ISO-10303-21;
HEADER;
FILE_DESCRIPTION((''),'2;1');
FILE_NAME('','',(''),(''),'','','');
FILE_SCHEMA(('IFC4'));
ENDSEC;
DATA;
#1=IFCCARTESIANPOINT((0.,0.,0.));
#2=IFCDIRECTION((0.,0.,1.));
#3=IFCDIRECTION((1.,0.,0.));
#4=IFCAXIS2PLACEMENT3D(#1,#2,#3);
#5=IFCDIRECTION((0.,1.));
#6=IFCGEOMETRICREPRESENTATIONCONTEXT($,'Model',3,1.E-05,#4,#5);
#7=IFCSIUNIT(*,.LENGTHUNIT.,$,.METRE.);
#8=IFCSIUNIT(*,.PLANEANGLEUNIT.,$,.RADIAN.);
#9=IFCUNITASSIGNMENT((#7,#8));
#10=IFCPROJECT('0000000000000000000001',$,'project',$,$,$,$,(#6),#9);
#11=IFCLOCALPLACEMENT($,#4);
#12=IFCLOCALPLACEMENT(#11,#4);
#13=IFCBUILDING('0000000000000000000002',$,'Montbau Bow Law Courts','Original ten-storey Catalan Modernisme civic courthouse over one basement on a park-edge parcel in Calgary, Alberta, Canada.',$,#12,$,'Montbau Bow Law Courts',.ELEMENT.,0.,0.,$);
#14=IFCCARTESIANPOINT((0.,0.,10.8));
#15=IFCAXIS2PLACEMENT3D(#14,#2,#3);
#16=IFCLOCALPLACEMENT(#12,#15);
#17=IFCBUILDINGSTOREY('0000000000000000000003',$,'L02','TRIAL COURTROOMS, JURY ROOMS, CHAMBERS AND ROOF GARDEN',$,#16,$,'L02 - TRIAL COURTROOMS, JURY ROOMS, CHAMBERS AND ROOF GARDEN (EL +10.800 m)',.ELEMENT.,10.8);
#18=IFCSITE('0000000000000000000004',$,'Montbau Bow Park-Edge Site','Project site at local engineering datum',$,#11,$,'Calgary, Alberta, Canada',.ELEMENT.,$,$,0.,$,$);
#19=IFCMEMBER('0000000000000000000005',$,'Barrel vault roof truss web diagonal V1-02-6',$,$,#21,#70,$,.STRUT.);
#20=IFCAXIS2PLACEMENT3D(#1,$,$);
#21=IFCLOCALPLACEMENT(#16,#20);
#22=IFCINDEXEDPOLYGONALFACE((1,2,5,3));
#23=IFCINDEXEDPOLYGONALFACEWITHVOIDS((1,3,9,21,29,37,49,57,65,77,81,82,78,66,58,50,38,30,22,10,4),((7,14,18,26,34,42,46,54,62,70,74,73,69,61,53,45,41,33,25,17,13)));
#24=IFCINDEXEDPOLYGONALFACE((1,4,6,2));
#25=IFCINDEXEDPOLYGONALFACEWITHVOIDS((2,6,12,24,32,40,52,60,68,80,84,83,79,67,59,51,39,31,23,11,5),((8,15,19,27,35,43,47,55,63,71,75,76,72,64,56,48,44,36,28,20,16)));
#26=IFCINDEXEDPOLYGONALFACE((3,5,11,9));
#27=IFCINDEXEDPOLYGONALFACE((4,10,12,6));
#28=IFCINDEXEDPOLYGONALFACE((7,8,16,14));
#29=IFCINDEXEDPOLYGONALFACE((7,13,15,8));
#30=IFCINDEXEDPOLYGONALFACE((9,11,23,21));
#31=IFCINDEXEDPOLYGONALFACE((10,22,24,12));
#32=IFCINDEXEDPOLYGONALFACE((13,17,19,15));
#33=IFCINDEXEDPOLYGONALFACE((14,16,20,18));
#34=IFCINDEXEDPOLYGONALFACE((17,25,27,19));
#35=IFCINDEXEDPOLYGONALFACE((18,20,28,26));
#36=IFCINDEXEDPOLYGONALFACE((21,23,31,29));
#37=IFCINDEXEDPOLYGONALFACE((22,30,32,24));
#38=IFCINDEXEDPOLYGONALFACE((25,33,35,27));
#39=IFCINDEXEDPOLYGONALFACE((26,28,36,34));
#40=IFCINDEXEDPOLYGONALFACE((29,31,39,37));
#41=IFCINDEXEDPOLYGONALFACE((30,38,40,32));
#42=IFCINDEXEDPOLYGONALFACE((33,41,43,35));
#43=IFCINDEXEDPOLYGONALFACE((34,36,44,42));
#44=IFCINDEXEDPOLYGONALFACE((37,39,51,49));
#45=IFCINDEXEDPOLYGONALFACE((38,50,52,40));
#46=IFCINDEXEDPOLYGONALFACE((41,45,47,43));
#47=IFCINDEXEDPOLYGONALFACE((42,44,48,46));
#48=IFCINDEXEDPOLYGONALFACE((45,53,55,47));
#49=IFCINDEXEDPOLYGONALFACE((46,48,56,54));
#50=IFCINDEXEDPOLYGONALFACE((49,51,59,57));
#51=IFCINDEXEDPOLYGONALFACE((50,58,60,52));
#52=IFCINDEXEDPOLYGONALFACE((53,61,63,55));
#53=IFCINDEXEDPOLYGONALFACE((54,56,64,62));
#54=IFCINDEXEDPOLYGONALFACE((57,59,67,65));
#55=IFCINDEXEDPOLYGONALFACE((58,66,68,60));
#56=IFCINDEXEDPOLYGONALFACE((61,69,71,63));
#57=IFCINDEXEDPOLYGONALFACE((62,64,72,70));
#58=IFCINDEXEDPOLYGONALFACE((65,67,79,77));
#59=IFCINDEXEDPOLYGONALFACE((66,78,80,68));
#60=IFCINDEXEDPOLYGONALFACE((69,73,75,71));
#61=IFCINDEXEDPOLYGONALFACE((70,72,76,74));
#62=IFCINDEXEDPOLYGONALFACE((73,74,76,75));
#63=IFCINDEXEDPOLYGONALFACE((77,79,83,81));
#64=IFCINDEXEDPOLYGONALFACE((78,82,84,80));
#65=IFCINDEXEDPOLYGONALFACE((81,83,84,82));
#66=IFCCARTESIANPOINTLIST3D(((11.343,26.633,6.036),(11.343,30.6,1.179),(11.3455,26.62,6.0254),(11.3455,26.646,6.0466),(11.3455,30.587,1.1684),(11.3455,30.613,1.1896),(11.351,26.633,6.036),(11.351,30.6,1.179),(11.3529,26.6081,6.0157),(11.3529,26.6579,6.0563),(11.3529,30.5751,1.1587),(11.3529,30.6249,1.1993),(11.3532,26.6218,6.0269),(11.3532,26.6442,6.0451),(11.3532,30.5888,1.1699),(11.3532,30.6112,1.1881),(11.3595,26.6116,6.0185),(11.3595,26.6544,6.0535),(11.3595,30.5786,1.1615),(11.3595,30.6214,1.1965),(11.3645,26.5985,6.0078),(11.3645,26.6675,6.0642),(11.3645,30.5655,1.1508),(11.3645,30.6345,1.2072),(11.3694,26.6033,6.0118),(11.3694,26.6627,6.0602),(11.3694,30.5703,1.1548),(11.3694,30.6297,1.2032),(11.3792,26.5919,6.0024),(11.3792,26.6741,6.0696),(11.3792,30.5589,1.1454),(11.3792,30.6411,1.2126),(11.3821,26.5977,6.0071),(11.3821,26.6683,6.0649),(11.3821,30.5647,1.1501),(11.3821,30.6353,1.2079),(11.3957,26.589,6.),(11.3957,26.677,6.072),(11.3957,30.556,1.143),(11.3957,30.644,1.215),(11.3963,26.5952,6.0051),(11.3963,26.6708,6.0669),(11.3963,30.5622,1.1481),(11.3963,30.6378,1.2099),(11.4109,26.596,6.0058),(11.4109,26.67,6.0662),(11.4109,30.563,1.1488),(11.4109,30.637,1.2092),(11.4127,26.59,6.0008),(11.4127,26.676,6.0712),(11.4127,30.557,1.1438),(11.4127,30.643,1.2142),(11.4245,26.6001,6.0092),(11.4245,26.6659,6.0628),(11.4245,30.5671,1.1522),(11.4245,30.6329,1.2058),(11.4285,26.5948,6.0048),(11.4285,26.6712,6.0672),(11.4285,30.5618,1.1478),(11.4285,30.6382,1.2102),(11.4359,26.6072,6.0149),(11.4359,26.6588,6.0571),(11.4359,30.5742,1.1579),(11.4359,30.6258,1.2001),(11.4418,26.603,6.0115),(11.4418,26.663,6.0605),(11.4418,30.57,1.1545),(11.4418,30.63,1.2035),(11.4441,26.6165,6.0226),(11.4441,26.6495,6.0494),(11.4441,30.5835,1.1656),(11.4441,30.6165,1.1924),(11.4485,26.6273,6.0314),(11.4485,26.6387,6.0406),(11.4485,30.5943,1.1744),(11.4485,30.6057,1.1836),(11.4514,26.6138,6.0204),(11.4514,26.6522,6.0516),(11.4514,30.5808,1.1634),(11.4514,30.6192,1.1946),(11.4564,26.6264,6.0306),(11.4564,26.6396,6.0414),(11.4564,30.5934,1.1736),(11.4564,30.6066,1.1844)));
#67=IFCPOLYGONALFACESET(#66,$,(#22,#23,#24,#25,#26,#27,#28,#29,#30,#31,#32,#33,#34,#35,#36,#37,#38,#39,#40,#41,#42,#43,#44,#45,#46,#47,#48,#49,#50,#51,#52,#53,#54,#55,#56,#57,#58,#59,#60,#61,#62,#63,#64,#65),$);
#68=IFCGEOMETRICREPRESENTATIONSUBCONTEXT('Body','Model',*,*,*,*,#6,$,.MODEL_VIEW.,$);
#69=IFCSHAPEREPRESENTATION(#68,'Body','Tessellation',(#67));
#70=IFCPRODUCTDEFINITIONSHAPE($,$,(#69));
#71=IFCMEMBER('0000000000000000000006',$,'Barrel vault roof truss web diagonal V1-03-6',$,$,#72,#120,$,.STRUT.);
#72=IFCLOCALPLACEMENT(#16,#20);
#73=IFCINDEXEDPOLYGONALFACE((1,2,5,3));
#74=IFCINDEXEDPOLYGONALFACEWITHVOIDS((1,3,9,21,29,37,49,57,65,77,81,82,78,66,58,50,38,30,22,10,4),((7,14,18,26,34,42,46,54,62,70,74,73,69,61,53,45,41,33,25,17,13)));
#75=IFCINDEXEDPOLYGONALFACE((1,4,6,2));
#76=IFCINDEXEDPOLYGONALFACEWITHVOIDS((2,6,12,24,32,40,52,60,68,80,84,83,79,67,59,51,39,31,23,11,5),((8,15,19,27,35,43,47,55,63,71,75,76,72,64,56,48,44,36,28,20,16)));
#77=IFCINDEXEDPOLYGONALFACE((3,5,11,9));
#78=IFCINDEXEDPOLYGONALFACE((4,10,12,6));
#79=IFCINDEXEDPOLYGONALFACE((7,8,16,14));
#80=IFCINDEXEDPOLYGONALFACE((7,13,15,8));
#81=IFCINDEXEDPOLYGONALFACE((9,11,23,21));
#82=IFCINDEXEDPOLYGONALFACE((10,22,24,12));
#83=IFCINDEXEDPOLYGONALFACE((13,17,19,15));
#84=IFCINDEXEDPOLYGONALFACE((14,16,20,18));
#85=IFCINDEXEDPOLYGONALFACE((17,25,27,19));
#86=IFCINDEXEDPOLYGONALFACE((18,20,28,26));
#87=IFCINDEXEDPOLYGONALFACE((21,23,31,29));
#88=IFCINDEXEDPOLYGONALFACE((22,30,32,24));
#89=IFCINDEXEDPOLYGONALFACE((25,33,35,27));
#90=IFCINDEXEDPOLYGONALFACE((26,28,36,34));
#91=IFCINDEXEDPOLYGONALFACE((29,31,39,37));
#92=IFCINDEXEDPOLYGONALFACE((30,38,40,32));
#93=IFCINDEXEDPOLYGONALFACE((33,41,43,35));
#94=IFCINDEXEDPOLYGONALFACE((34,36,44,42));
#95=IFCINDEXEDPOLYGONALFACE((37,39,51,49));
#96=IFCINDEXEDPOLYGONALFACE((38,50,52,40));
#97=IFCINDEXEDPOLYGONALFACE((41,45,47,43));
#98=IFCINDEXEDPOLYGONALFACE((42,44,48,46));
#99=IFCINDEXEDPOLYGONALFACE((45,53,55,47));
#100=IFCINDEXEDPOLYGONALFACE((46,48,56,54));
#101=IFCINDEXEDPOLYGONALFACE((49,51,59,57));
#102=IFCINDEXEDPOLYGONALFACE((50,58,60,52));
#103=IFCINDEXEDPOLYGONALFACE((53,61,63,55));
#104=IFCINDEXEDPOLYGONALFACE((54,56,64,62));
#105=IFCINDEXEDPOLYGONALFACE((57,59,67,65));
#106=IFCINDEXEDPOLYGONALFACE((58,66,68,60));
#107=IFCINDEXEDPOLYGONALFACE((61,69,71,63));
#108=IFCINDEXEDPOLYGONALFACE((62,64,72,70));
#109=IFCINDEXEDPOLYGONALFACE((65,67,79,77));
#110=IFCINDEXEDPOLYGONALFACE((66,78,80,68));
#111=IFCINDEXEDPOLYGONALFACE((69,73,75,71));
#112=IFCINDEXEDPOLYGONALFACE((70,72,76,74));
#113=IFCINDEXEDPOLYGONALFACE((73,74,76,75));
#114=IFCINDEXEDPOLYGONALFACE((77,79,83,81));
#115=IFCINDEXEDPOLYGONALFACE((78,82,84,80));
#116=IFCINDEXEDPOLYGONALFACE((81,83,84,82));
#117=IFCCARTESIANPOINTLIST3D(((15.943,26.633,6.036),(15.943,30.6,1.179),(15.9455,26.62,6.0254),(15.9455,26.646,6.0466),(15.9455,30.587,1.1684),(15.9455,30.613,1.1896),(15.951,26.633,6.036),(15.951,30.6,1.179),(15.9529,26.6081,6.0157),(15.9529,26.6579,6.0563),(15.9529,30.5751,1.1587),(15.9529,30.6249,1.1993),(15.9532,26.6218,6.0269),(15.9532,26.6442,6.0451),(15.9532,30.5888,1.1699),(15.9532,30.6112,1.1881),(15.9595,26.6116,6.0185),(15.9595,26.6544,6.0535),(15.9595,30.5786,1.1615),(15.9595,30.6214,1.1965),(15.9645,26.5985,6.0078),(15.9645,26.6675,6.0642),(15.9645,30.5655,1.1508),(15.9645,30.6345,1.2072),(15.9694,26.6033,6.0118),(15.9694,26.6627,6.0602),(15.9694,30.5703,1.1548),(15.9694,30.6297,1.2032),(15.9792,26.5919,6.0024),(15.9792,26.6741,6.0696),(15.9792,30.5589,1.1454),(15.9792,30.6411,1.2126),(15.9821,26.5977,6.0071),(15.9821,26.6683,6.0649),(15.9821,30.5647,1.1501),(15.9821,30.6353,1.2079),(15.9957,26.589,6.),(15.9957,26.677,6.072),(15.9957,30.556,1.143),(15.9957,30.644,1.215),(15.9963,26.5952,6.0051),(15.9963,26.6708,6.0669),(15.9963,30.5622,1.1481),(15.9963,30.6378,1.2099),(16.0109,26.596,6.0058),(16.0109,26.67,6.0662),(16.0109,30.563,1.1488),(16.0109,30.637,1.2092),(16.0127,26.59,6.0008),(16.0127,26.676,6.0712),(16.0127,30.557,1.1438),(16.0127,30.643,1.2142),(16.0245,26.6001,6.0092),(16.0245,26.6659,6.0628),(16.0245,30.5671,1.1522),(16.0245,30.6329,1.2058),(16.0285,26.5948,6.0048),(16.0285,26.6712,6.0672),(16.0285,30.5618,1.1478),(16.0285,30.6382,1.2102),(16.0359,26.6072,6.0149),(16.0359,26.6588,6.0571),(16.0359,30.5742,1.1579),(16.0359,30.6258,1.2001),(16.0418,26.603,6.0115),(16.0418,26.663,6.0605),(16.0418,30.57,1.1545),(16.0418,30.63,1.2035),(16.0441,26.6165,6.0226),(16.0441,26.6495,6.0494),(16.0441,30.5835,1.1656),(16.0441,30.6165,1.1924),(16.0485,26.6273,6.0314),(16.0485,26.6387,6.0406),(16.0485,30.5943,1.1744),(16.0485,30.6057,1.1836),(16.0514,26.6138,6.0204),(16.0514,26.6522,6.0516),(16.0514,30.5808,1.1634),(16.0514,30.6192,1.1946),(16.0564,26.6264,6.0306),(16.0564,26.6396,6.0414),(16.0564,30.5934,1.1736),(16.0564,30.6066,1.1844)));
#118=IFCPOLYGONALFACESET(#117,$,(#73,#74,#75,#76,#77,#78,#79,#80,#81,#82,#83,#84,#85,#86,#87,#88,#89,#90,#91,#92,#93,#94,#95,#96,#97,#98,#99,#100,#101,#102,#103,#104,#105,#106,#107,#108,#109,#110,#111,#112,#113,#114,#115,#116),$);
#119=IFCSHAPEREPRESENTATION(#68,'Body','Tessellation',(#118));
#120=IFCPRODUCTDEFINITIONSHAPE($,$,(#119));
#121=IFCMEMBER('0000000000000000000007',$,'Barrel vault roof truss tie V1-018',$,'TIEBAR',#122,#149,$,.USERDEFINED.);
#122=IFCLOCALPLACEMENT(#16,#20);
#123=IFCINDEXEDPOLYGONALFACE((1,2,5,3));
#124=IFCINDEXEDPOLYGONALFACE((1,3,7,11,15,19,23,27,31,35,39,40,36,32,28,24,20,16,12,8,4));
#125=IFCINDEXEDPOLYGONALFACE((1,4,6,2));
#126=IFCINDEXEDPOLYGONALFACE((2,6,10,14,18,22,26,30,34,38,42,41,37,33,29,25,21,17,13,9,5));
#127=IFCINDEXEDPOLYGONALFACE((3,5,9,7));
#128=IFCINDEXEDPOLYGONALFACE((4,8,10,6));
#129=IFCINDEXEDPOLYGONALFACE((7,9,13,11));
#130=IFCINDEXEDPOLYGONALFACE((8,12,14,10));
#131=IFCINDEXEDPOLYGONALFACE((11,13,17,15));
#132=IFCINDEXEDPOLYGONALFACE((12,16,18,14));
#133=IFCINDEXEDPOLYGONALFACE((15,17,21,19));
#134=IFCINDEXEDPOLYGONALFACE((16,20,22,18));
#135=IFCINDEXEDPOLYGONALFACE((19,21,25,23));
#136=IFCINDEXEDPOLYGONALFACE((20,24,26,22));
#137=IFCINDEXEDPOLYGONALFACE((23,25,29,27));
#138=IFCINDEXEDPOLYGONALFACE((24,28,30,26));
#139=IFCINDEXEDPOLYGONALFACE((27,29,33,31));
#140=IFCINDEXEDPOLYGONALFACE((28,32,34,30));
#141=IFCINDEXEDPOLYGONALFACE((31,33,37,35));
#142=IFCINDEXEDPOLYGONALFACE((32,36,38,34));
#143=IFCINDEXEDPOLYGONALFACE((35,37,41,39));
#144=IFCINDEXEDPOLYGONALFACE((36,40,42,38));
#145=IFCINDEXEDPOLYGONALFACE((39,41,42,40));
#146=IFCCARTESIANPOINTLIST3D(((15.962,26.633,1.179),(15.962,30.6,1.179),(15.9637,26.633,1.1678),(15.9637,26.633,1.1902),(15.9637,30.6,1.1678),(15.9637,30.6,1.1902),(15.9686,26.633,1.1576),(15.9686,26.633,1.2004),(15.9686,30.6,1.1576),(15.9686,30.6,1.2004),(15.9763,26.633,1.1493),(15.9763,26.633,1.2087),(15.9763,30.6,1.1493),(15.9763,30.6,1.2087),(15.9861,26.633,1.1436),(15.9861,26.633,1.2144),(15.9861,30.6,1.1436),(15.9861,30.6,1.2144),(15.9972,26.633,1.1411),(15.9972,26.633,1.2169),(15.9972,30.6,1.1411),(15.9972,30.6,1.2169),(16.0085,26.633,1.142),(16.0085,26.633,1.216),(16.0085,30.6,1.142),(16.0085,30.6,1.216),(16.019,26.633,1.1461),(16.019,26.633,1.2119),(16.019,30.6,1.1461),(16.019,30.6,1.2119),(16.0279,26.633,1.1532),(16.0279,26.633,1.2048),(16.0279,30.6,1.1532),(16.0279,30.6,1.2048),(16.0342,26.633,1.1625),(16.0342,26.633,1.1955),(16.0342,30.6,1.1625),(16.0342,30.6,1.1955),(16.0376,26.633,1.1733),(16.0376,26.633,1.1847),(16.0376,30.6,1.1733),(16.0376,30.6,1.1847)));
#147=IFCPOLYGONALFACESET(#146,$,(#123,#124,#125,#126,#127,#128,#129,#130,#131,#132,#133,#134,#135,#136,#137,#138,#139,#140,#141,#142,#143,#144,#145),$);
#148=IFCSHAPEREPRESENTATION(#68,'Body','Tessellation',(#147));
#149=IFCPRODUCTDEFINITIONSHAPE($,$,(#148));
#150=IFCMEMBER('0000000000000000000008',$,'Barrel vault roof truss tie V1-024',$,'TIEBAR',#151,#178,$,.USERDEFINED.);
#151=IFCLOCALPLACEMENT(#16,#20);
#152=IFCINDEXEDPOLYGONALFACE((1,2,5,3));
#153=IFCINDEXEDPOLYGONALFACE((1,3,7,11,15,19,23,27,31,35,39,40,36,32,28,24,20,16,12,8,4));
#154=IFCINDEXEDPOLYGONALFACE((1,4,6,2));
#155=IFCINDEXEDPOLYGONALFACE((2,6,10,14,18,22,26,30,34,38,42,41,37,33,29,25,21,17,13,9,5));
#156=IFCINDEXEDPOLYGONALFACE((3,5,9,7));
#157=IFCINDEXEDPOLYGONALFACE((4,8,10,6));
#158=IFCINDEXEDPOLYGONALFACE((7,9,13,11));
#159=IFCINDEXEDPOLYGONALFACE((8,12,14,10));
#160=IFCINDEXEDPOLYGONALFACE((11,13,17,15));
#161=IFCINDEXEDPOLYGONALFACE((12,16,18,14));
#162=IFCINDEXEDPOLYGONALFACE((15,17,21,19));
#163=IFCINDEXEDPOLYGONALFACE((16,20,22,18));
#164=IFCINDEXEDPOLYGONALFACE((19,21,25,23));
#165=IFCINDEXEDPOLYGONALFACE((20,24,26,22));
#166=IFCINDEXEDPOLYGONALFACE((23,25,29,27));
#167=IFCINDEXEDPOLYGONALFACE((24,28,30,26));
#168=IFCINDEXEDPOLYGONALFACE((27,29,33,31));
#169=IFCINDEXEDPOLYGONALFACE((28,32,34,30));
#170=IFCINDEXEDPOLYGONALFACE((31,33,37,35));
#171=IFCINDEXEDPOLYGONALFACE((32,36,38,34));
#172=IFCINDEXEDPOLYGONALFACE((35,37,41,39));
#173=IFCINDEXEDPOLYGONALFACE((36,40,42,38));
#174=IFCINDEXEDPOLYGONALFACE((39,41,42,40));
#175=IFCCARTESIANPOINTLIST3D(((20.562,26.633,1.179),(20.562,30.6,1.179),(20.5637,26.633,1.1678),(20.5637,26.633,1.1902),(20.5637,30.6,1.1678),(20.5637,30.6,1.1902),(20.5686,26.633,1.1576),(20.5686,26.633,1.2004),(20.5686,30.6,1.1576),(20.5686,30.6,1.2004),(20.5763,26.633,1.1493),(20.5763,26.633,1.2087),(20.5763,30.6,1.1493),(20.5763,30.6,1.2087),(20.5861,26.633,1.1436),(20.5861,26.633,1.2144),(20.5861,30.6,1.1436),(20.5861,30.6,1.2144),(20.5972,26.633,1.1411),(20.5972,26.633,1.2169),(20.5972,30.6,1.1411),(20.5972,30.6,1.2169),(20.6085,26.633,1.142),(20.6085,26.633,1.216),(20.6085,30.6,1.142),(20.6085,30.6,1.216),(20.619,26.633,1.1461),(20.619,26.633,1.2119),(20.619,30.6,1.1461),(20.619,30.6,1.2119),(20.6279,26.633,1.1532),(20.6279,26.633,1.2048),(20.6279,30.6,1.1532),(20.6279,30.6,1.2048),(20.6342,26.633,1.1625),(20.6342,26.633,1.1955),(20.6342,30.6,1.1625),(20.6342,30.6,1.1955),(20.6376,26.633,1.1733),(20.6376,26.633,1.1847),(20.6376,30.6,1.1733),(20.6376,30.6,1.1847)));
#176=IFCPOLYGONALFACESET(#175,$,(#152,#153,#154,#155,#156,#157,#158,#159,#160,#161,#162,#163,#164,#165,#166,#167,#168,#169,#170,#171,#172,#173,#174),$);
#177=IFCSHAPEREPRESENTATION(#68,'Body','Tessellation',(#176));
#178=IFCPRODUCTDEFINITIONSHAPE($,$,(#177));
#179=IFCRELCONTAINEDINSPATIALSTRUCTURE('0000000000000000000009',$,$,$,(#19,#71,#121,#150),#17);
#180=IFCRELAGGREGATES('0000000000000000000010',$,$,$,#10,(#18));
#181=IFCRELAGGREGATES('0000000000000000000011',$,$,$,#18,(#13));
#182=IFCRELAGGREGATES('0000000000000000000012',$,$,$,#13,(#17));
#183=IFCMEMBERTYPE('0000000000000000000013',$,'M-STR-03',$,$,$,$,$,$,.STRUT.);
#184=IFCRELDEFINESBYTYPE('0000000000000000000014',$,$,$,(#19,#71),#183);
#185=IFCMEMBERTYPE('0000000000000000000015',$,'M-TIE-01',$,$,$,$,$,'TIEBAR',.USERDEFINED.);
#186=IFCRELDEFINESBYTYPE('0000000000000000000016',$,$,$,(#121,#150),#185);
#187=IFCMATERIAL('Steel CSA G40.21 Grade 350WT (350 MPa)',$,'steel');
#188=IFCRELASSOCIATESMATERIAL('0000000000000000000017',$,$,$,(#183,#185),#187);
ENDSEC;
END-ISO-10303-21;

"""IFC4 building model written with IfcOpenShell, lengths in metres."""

from ifc_helpers import new_model, si_unit, direction, frame, origin_with_axes, origin_2d_with_axis, place, context, subcontext, project, spatial, circle, hollow_circle, extrude, material, material_profile, profile_set, type_object, element, save


model = new_model("IFC4")

# Units and contexts
model_context = context("Model", 3, precision=1e-05, world=origin_with_axes(), true_north=direction((0.0, 1.0)))
body_context = subcontext(model_context, "Body", "Model", "MODEL_VIEW")
ifc_project = project(units=[si_unit("LENGTHUNIT", "METRE"), si_unit("PLANEANGLEUNIT", "RADIAN")], contexts=[model_context])

# Site, building, storey
site_placement = place(None, origin_with_axes())
site = spatial("IfcSite", under=ifc_project, at=site_placement, Name="Montbau Bow Park-Edge Site", Description="Project site at local engineering datum", LongName="Calgary, Alberta, Canada", CompositionType="ELEMENT", RefElevation=0.0)
building_placement = place(site_placement, origin_with_axes())
building = spatial("IfcBuilding", under=site, at=building_placement, Name="Montbau Bow Law Courts", Description="Original ten-storey Catalan Modernisme civic courthouse over one basement on a park-edge parcel in Calgary, Alberta, Canada.", LongName="Montbau Bow Law Courts", CompositionType="ELEMENT", ElevationOfRefHeight=0.0, ElevationOfTerrain=0.0)
storey_placement = place(building_placement, frame((0.0, 0.0, 10.8), z_axis=(0.0, 0.0, 1.0), x_axis=(1.0, 0.0, 0.0)))
storey = spatial("IfcBuildingStorey", under=building, at=storey_placement, Name="L02", Description="TRIAL COURTROOMS, JURY ROOMS, CHAMBERS AND ROOF GARDEN", LongName="L02 - TRIAL COURTROOMS, JURY ROOMS, CHAMBERS AND ROOF GARDEN (EL +10.800 m)", CompositionType="ELEMENT", Elevation=10.8)

# Shared definitions
ifc_material_1 = material(Name="Steel CSA G40.21 Grade 350WT (350 MPa)", Category="steel")

# Members
ifc_material_profile_1 = material_profile(ifc_material_1, hollow_circle(Radius=0.057, WallThickness=0.008, at=origin_2d_with_axis()), Name="HSS114X8.0", Category="Main", Priority=0)
ifc_profile_set_1 = profile_set([ifc_material_profile_1], Name="Steel CSA G40.21 Grade 350WT (350 MPa)")
member_type_1 = type_object("IfcMemberType", Name="M-STR-03", PredefinedType="STRUT", material=ifc_profile_set_1)
for number, where, z_axis, x_axis, name in (
    (1, (11.4, 26.633, 16.836), (0.0, 0.632578, -0.774497), (-1.0, 0.0, 0.0), "Barrel vault roof truss web diagonal V1-02-6"),
    (2, (16.0, 26.633, 16.836), (0.0, 0.632578, -0.774497), (-1.0, 0.0, 0.0), "Barrel vault roof truss web diagonal V1-03-6"),
):
    element("IfcMember", number, at=place(None, frame(where, z_axis=z_axis, x_axis=x_axis)), inside=storey, type_object=member_type_1, Name=name, PredefinedType="STRUT", context=body_context, shape_type="SweptSolid", body=[
        extrude(hollow_circle(Radius=0.057, WallThickness=0.008, at=origin_2d_with_axis()), origin_with_axes(), (0.0, 0.0, 1.0), 6.2712),
    ])
ifc_material_profile_2 = material_profile(ifc_material_1, circle(Radius=0.038, at=origin_2d_with_axis()), Name="ROD76", Category="Main", Priority=0)
ifc_profile_set_2 = profile_set([ifc_material_profile_2], Name="Steel CSA G40.21 Grade 350WT (350 MPa)")
member_type_2 = type_object("IfcMemberType", Name="M-TIE-01", ElementType="TIEBAR", PredefinedType="USERDEFINED", material=ifc_profile_set_2)
for number, where, z_axis, x_axis, name in (
    (3, (16.0, 26.633, 11.979), (0.0, 1.0, 0.0), (-1.0, 0.0, 0.0), "Barrel vault roof truss tie V1-018"),
    (4, (20.6, 26.633, 11.979), (0.0, 1.0, 0.0), (-1.0, 0.0, 0.0), "Barrel vault roof truss tie V1-024"),
):
    element("IfcMember", number, at=place(None, frame(where, z_axis=z_axis, x_axis=x_axis)), inside=storey, type_object=member_type_2, Name=name, ObjectType="TIEBAR", PredefinedType="USERDEFINED", context=body_context, shape_type="SweptSolid", body=[
        extrude(circle(Radius=0.038, at=origin_2d_with_axis()), origin_with_axes(), (0.0, 0.0, 1.0), 3.967),
    ])

save(model, "model.ifc")
